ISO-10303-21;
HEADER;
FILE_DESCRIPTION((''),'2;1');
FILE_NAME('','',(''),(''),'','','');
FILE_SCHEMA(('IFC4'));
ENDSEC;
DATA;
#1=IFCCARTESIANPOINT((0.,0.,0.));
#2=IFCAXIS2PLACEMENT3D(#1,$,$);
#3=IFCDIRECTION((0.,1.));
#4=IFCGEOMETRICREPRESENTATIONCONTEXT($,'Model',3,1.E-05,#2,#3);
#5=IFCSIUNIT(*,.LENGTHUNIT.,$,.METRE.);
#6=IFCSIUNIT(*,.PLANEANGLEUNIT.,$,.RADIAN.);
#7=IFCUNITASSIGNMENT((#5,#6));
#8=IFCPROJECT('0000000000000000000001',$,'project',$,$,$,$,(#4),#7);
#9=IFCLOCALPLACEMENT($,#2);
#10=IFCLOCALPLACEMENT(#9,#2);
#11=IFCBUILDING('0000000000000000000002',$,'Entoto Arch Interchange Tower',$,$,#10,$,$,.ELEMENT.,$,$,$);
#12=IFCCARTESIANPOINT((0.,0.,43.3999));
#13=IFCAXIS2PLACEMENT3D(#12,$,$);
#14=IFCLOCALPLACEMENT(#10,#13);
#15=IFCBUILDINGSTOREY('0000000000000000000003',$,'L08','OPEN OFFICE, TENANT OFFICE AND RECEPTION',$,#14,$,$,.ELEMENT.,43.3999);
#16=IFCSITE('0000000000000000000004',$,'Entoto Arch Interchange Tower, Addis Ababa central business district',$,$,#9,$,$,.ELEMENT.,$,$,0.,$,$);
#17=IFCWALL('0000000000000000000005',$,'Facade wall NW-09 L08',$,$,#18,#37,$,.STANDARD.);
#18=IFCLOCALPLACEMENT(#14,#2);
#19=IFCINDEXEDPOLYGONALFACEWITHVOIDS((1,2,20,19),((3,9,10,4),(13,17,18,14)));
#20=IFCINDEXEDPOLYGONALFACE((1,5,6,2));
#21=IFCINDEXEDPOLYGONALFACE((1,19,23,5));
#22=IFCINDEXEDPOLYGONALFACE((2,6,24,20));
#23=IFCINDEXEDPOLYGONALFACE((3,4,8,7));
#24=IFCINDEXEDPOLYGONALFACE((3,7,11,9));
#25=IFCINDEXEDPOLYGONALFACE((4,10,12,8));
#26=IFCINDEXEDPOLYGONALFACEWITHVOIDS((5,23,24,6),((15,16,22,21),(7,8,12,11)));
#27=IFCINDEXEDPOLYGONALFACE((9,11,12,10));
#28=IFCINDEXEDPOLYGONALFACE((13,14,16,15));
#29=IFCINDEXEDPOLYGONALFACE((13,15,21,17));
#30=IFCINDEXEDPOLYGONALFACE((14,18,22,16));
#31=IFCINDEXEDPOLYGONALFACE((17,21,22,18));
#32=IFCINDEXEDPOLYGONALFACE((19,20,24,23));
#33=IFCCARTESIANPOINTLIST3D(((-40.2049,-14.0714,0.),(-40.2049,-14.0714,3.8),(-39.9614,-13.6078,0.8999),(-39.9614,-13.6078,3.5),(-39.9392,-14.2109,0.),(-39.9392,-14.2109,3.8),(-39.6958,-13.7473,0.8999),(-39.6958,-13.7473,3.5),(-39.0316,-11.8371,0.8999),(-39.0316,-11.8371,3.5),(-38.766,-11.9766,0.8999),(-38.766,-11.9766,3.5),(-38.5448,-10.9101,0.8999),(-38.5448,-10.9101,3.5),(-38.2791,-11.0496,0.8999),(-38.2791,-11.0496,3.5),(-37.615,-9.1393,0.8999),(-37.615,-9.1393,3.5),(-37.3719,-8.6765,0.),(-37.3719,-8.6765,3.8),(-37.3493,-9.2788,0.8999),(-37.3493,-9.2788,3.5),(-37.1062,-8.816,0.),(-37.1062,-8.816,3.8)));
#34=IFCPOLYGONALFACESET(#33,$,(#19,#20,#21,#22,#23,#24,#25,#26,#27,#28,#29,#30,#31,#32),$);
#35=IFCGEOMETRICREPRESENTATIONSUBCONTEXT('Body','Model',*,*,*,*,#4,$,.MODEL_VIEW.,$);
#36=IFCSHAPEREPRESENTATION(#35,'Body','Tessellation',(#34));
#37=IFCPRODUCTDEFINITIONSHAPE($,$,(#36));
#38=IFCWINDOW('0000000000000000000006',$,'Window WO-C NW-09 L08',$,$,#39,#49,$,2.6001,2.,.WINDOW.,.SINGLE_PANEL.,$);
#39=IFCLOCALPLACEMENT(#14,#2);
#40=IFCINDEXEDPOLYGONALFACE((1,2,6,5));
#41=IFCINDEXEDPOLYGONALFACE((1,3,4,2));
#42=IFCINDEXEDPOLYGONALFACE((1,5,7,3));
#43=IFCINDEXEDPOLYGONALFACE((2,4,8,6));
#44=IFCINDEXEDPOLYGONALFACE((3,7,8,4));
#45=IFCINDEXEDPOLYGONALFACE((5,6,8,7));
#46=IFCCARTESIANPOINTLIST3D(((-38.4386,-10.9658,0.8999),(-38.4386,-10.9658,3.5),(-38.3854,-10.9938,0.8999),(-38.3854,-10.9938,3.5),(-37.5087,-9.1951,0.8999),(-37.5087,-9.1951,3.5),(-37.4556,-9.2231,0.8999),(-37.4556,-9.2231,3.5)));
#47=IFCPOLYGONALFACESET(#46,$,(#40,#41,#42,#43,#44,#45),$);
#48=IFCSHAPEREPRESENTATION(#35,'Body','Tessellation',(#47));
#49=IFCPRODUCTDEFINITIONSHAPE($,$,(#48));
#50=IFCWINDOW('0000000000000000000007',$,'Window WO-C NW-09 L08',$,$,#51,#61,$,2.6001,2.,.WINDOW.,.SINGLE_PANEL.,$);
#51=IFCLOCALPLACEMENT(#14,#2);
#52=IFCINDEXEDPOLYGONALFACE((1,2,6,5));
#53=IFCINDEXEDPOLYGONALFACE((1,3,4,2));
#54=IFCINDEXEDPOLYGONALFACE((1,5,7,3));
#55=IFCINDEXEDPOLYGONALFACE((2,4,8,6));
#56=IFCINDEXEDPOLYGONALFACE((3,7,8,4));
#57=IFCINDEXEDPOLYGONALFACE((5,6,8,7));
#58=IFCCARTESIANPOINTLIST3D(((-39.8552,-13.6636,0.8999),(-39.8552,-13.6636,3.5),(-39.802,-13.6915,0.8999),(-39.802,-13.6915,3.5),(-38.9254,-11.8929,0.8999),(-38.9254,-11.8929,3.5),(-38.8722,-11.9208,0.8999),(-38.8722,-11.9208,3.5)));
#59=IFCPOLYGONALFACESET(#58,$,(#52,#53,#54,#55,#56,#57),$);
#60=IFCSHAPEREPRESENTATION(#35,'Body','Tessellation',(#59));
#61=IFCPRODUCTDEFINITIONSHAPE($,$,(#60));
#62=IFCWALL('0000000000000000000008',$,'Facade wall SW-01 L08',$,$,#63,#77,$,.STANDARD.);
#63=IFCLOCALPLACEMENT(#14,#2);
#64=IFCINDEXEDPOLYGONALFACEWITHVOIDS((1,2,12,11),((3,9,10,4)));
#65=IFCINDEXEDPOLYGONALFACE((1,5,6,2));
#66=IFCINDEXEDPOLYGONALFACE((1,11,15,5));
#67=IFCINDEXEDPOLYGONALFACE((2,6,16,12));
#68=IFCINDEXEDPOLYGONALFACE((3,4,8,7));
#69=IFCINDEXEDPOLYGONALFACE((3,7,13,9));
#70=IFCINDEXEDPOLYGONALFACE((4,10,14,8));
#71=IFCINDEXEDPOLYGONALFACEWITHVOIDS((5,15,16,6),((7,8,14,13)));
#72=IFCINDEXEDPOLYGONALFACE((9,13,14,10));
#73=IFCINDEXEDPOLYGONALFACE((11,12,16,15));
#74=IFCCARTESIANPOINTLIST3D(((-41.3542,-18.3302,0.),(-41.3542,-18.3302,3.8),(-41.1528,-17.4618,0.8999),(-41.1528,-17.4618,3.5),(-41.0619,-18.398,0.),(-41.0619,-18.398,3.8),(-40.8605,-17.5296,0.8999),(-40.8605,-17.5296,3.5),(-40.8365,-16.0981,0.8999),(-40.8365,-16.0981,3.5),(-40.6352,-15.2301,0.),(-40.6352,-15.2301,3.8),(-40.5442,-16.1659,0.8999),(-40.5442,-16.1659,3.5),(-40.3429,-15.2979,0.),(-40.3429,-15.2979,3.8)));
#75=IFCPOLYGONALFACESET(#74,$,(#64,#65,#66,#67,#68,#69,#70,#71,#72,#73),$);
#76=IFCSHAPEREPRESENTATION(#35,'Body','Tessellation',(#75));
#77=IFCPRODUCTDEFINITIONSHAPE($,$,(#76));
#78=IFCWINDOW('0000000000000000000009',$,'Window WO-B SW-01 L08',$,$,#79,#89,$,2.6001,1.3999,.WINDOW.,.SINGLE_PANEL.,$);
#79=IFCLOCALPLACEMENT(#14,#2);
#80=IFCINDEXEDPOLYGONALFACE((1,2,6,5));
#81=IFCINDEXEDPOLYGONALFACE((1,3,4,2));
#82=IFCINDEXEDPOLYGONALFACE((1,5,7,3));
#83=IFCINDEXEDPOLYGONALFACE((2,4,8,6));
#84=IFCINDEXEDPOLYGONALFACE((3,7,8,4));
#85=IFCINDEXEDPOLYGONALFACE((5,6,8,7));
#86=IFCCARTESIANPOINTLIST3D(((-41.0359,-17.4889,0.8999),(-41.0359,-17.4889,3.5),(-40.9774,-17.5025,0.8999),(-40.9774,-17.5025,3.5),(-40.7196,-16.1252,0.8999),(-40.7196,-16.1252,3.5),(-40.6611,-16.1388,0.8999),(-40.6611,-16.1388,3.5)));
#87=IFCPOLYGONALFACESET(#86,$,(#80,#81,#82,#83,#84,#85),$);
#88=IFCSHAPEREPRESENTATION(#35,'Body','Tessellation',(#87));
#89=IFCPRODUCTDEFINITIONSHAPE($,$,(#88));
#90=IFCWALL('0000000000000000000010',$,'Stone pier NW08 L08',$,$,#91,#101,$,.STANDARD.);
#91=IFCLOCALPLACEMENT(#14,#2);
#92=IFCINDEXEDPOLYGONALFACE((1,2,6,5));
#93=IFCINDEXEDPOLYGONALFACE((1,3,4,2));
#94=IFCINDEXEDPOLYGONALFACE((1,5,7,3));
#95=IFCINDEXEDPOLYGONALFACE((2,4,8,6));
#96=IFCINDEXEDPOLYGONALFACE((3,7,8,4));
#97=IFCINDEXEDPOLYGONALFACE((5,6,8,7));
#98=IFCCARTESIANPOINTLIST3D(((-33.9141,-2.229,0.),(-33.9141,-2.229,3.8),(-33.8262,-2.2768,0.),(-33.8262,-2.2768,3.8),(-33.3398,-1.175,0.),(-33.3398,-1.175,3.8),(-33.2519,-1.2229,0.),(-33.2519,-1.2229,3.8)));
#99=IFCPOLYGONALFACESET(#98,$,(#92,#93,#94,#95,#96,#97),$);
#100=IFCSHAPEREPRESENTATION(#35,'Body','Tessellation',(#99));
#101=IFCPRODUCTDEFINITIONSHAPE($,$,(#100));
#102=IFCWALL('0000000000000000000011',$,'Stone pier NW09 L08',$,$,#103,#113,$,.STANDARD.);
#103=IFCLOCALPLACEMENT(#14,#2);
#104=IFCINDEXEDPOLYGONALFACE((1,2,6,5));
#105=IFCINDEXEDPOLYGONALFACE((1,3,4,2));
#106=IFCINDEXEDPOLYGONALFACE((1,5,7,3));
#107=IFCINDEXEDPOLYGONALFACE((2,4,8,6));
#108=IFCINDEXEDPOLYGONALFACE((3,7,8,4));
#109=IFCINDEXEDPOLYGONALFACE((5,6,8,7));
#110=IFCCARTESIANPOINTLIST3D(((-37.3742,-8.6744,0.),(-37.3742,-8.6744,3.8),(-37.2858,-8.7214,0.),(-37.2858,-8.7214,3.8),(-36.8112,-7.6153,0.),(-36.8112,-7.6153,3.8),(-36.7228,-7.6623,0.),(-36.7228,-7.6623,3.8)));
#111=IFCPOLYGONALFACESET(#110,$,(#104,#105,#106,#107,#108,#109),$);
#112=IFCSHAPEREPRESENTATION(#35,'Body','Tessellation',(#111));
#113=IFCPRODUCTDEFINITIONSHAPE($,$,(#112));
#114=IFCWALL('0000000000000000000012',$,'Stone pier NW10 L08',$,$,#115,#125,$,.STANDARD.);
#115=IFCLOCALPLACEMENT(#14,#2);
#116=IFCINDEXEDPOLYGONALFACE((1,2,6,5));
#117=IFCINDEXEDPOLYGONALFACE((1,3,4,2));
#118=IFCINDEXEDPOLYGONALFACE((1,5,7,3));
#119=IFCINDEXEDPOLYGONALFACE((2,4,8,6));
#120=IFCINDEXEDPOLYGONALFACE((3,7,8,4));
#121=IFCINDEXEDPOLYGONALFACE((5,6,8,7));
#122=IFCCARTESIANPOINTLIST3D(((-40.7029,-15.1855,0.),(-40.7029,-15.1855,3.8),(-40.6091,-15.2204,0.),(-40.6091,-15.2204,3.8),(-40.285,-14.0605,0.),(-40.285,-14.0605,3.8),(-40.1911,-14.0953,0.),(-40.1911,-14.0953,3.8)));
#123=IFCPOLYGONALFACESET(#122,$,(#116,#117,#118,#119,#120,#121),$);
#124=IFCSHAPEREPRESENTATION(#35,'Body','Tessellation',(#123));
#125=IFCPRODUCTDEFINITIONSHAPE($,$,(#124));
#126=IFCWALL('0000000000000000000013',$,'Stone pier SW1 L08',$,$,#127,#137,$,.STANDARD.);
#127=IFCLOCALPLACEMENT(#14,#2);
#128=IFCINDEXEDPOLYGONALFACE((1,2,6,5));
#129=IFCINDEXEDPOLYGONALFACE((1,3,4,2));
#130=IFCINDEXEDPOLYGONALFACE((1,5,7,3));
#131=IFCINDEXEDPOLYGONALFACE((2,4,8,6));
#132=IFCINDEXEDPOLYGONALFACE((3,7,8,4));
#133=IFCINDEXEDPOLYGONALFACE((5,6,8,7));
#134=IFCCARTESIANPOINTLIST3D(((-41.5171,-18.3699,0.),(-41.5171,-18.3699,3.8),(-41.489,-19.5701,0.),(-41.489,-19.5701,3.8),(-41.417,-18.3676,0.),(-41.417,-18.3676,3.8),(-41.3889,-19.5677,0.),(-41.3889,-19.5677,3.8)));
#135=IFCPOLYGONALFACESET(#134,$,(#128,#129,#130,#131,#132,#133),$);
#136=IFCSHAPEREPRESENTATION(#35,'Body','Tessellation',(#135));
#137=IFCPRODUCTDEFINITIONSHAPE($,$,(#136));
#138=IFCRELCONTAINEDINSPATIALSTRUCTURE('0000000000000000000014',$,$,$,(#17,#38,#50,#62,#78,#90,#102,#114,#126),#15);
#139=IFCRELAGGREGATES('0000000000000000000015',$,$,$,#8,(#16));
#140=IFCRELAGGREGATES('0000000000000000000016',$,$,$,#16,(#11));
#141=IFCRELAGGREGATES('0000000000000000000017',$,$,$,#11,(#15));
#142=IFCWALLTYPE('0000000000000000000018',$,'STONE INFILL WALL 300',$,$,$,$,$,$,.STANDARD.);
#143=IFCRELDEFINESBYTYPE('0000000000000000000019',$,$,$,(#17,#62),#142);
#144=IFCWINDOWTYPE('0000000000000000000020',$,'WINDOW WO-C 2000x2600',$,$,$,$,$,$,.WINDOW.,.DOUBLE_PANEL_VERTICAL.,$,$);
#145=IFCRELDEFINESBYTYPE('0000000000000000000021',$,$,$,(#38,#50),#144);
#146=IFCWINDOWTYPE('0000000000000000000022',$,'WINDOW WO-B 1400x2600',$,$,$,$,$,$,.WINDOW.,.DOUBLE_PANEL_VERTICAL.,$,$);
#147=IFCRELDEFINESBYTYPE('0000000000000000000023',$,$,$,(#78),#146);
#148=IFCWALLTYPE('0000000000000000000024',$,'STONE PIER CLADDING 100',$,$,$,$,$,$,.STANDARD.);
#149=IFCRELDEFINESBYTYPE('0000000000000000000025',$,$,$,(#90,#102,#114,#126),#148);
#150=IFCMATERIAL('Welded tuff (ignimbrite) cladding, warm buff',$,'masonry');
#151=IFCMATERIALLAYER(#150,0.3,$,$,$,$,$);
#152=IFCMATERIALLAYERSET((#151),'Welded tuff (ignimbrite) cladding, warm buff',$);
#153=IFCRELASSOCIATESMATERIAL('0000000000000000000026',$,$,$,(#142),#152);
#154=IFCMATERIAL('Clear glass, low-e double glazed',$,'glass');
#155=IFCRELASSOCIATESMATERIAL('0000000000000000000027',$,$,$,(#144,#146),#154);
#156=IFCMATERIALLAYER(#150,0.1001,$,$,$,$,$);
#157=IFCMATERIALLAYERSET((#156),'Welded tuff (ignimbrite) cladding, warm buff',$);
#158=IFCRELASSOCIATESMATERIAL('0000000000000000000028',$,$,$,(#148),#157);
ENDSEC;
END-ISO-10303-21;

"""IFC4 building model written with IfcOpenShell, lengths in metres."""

from ifc_helpers import new_model, si_unit, direction, frame, frame_2d, origin, place, context, subcontext, project, spatial, rectangle, extrude, material, layer, layer_set, type_object, element, fill, save


model = new_model("IFC4")

# Units and contexts
model_context = context("Model", 3, precision=1e-05, world=origin(), true_north=direction((0.0, 1.0)))
body_context = subcontext(model_context, "Body", "Model", "MODEL_VIEW")
ifc_project = project(units=[si_unit("LENGTHUNIT", "METRE"), si_unit("PLANEANGLEUNIT", "RADIAN")], contexts=[model_context])

# Site, building, storey
site_placement = place(None, origin())
site = spatial("IfcSite", under=ifc_project, at=site_placement, Name="Entoto Arch Interchange Tower, Addis Ababa central business district", CompositionType="ELEMENT", RefElevation=0.0)
building_placement = place(site_placement, origin())
building = spatial("IfcBuilding", under=site, at=building_placement, Name="Entoto Arch Interchange Tower", CompositionType="ELEMENT")
storey_placement = place(building_placement, frame((0.0, 0.0, 43.3999)))
storey = spatial("IfcBuildingStorey", under=building, at=storey_placement, Name="L08", Description="OPEN OFFICE, TENANT OFFICE AND RECEPTION", CompositionType="ELEMENT", Elevation=43.3999)

# Wall, openings, windows
ifc_material_1 = material(Name="Welded tuff (ignimbrite) cladding, warm buff", Category="masonry")
ifc_layer_1 = layer(ifc_material_1, 0.3)
ifc_layer_set_1 = layer_set([ifc_layer_1], Name="Welded tuff (ignimbrite) cladding, warm buff")
wall_type_1 = type_object("IfcWallType", Name="STONE INFILL WALL 300", PredefinedType="STANDARD", material=ifc_layer_set_1)
ifc_material_2 = material(Name="Clear glass, low-e double glazed", Category="glass")
window_type_1 = type_object("IfcWindowType", Name="WINDOW WO-C 2000x2600", PartitioningType="DOUBLE_PANEL_VERTICAL", PredefinedType="WINDOW", material=ifc_material_2)
wall_1_placement = place(storey_placement, frame((-37.239, -8.7461, 0.0), z_axis=(0.0, 0.0, 1.0), x_axis=(-0.464914, -0.885356, 0.0)))
wall_1 = element("IfcWall", 1, at=wall_1_placement, inside=storey, type_object=wall_type_1, Name="Facade wall NW-09 L08", PredefinedType="STANDARD", context=body_context, shape_type="SweptSolid", body=[
    extrude(rectangle(XDim=6.0935, YDim=0.3, at=frame_2d((3.0469, 0.0))), origin(), (0.0, 0.0, 1.0), 3.8),
])
opening_1_placement = place(wall_1_placement, frame((0.5229, 0.0, 0.8999)))
opening_1 = element("IfcOpeningElement", 2, at=opening_1_placement, cuts=wall_1, PredefinedType="OPENING", context=body_context, shape_type="SweptSolid", body=[
    extrude(rectangle(XDim=2.0, YDim=2.6001, at=frame_2d((1.0, 1.3))), frame((0.0, 0.1602, 0.0), z_axis=(0.0, -1.0, 0.0), x_axis=(1.0, 0.0, 0.0)), (0.0, 0.0, 1.0), 0.3201),
])
opening_2_placement = place(wall_1_placement, frame((3.5701, 0.0, 0.8999)))
opening_2 = element("IfcOpeningElement", 3, at=opening_2_placement, cuts=wall_1, PredefinedType="OPENING", context=body_context, shape_type="SweptSolid", body=[
    extrude(rectangle(XDim=2.0, YDim=2.6001, at=frame_2d((1.0, 1.3))), frame((0.0, 0.1602, 0.0), z_axis=(0.0, -1.0, 0.0), x_axis=(1.0, 0.0, 0.0)), (0.0, 0.0, 1.0), 0.3201),
])
window_1_placement = place(opening_1_placement, origin())
window_1 = element("IfcWindow", 4, at=window_1_placement, inside=storey, type_object=window_type_1, Name="Window WO-C NW-09 L08", OverallHeight=2.6001, OverallWidth=2.0, PartitioningType="SINGLE_PANEL", PredefinedType="WINDOW", context=body_context, shape_type="SweptSolid", body=[
    extrude(rectangle(XDim=2.0, YDim=2.6001, at=frame_2d((1.0, 1.3))), frame((0.0, 0.03, 0.0), z_axis=(0.0, -1.0, 0.0), x_axis=(1.0, 0.0, 0.0)), (0.0, 0.0, 1.0), 0.0601),
])
fill(opening_1, window_1)
window_2_placement = place(opening_2_placement, origin())
window_2 = element("IfcWindow", 5, at=window_2_placement, inside=storey, type_object=window_type_1, Name="Window WO-C NW-09 L08", OverallHeight=2.6001, OverallWidth=2.0, PartitioningType="SINGLE_PANEL", PredefinedType="WINDOW", context=body_context, shape_type="SweptSolid", body=[
    extrude(rectangle(XDim=2.0, YDim=2.6001, at=frame_2d((1.0, 1.3))), frame((0.0, 0.03, 0.0), z_axis=(0.0, -1.0, 0.0), x_axis=(1.0, 0.0, 0.0)), (0.0, 0.0, 1.0), 0.0601),
])
fill(opening_2, window_2)

# Wall, opening, window
wall_2_placement = place(storey_placement, frame((-40.489, -15.2639, 0.0), z_axis=(0.0, 0.0, 1.0), x_axis=(-0.22593, -0.974144, 0.0)))
wall_2 = element("IfcWall", 6, at=wall_2_placement, inside=storey, type_object=wall_type_1, Name="Facade wall SW-01 L08", PredefinedType="STANDARD", context=body_context, shape_type="SweptSolid", body=[
    extrude(rectangle(XDim=3.1824, YDim=0.3, at=frame_2d((1.5913, 0.0))), origin(), (0.0, 0.0, 1.0), 3.8),
])
opening_3_placement = place(wall_2_placement, frame((0.8911, 0.0, 0.8999)))
opening_3 = element("IfcOpeningElement", 7, at=opening_3_placement, cuts=wall_2, PredefinedType="OPENING", context=body_context, shape_type="SweptSolid", body=[
    extrude(rectangle(XDim=1.3999, YDim=2.6001, at=frame_2d((0.7, 1.3))), frame((0.0, 0.1602, 0.0), z_axis=(0.0, -1.0, 0.0), x_axis=(1.0, 0.0, 0.0)), (0.0, 0.0, 1.0), 0.3201),
])
window_type_2 = type_object("IfcWindowType", Name="WINDOW WO-B 1400x2600", PartitioningType="DOUBLE_PANEL_VERTICAL", PredefinedType="WINDOW", material=ifc_material_2)
window_3_placement = place(opening_3_placement, origin())
window_3 = element("IfcWindow", 8, at=window_3_placement, inside=storey, type_object=window_type_2, Name="Window WO-B SW-01 L08", OverallHeight=2.6001, OverallWidth=1.3999, PartitioningType="SINGLE_PANEL", PredefinedType="WINDOW", context=body_context, shape_type="SweptSolid", body=[
    extrude(rectangle(XDim=1.3999, YDim=2.6001, at=frame_2d((0.7, 1.3))), frame((0.0, 0.03, 0.0), z_axis=(0.0, -1.0, 0.0), x_axis=(1.0, 0.0, 0.0)), (0.0, 0.0, 1.0), 0.0601),
])
fill(opening_3, window_3)

# Walls
ifc_layer_2 = layer(ifc_material_1, 0.1001)
ifc_layer_set_2 = layer_set([ifc_layer_2], Name="Welded tuff (ignimbrite) cladding, warm buff")
wall_type_2 = type_object("IfcWallType", Name="STONE PIER CLADDING 100", PredefinedType="STANDARD", material=ifc_layer_set_2)
wall_3_placement = place(storey_placement, frame((-33.2959, -1.199, 0.0), z_axis=(0.0, 0.0, 1.0), x_axis=(-0.478425, -0.878129, 0.0)))
element("IfcWall", 9, at=wall_3_placement, inside=storey, type_object=wall_type_2, Name="Stone pier NW08 L08", PredefinedType="STANDARD", context=body_context, shape_type="SweptSolid", body=[
    extrude(rectangle(XDim=1.2002, YDim=0.1001, at=frame_2d((0.6001, 0.0))), origin(), (0.0, 0.0, 1.0), 3.8),
])
wall_4_placement = place(storey_placement, frame((-36.7671, -7.6389, 0.0), z_axis=(0.0, 0.0, 1.0), x_axis=(-0.469383, -0.882994, 0.0)))
element("IfcWall", 10, at=wall_4_placement, inside=storey, type_object=wall_type_2, Name="Stone pier NW09 L08", PredefinedType="STANDARD", context=body_context, shape_type="SweptSolid", body=[
    extrude(rectangle(XDim=1.1995, YDim=0.1001, at=frame_2d((0.5996, 0.0))), origin(), (0.0, 0.0, 1.0), 3.8),
])
wall_5_placement = place(storey_placement, frame((-40.238, -14.0779, 0.0), z_axis=(0.0, 0.0, 1.0), x_axis=(-0.348268, -0.937395, 0.0)))
element("IfcWall", 11, at=wall_5_placement, inside=storey, type_object=wall_type_2, Name="Stone pier NW10 L08", PredefinedType="STANDARD", context=body_context, shape_type="SweptSolid", body=[
    extrude(rectangle(XDim=1.2002, YDim=0.1001, at=frame_2d((0.6001, 0.0))), origin(), (0.0, 0.0, 1.0), 3.8),
])
wall_6_placement = place(storey_placement, frame((-41.467, -18.3689, 0.0), z_axis=(0.0, 0.0, 1.0), x_axis=(0.023387, -0.999726, 0.0)))
element("IfcWall", 12, at=wall_6_placement, inside=storey, type_object=wall_type_2, Name="Stone pier SW1 L08", PredefinedType="STANDARD", context=body_context, shape_type="SweptSolid", body=[
    extrude(rectangle(XDim=1.2004, YDim=0.1001, at=frame_2d((0.6001, 0.0))), origin(), (0.0, 0.0, 1.0), 3.8),
])

save(model, "model.ifc")
